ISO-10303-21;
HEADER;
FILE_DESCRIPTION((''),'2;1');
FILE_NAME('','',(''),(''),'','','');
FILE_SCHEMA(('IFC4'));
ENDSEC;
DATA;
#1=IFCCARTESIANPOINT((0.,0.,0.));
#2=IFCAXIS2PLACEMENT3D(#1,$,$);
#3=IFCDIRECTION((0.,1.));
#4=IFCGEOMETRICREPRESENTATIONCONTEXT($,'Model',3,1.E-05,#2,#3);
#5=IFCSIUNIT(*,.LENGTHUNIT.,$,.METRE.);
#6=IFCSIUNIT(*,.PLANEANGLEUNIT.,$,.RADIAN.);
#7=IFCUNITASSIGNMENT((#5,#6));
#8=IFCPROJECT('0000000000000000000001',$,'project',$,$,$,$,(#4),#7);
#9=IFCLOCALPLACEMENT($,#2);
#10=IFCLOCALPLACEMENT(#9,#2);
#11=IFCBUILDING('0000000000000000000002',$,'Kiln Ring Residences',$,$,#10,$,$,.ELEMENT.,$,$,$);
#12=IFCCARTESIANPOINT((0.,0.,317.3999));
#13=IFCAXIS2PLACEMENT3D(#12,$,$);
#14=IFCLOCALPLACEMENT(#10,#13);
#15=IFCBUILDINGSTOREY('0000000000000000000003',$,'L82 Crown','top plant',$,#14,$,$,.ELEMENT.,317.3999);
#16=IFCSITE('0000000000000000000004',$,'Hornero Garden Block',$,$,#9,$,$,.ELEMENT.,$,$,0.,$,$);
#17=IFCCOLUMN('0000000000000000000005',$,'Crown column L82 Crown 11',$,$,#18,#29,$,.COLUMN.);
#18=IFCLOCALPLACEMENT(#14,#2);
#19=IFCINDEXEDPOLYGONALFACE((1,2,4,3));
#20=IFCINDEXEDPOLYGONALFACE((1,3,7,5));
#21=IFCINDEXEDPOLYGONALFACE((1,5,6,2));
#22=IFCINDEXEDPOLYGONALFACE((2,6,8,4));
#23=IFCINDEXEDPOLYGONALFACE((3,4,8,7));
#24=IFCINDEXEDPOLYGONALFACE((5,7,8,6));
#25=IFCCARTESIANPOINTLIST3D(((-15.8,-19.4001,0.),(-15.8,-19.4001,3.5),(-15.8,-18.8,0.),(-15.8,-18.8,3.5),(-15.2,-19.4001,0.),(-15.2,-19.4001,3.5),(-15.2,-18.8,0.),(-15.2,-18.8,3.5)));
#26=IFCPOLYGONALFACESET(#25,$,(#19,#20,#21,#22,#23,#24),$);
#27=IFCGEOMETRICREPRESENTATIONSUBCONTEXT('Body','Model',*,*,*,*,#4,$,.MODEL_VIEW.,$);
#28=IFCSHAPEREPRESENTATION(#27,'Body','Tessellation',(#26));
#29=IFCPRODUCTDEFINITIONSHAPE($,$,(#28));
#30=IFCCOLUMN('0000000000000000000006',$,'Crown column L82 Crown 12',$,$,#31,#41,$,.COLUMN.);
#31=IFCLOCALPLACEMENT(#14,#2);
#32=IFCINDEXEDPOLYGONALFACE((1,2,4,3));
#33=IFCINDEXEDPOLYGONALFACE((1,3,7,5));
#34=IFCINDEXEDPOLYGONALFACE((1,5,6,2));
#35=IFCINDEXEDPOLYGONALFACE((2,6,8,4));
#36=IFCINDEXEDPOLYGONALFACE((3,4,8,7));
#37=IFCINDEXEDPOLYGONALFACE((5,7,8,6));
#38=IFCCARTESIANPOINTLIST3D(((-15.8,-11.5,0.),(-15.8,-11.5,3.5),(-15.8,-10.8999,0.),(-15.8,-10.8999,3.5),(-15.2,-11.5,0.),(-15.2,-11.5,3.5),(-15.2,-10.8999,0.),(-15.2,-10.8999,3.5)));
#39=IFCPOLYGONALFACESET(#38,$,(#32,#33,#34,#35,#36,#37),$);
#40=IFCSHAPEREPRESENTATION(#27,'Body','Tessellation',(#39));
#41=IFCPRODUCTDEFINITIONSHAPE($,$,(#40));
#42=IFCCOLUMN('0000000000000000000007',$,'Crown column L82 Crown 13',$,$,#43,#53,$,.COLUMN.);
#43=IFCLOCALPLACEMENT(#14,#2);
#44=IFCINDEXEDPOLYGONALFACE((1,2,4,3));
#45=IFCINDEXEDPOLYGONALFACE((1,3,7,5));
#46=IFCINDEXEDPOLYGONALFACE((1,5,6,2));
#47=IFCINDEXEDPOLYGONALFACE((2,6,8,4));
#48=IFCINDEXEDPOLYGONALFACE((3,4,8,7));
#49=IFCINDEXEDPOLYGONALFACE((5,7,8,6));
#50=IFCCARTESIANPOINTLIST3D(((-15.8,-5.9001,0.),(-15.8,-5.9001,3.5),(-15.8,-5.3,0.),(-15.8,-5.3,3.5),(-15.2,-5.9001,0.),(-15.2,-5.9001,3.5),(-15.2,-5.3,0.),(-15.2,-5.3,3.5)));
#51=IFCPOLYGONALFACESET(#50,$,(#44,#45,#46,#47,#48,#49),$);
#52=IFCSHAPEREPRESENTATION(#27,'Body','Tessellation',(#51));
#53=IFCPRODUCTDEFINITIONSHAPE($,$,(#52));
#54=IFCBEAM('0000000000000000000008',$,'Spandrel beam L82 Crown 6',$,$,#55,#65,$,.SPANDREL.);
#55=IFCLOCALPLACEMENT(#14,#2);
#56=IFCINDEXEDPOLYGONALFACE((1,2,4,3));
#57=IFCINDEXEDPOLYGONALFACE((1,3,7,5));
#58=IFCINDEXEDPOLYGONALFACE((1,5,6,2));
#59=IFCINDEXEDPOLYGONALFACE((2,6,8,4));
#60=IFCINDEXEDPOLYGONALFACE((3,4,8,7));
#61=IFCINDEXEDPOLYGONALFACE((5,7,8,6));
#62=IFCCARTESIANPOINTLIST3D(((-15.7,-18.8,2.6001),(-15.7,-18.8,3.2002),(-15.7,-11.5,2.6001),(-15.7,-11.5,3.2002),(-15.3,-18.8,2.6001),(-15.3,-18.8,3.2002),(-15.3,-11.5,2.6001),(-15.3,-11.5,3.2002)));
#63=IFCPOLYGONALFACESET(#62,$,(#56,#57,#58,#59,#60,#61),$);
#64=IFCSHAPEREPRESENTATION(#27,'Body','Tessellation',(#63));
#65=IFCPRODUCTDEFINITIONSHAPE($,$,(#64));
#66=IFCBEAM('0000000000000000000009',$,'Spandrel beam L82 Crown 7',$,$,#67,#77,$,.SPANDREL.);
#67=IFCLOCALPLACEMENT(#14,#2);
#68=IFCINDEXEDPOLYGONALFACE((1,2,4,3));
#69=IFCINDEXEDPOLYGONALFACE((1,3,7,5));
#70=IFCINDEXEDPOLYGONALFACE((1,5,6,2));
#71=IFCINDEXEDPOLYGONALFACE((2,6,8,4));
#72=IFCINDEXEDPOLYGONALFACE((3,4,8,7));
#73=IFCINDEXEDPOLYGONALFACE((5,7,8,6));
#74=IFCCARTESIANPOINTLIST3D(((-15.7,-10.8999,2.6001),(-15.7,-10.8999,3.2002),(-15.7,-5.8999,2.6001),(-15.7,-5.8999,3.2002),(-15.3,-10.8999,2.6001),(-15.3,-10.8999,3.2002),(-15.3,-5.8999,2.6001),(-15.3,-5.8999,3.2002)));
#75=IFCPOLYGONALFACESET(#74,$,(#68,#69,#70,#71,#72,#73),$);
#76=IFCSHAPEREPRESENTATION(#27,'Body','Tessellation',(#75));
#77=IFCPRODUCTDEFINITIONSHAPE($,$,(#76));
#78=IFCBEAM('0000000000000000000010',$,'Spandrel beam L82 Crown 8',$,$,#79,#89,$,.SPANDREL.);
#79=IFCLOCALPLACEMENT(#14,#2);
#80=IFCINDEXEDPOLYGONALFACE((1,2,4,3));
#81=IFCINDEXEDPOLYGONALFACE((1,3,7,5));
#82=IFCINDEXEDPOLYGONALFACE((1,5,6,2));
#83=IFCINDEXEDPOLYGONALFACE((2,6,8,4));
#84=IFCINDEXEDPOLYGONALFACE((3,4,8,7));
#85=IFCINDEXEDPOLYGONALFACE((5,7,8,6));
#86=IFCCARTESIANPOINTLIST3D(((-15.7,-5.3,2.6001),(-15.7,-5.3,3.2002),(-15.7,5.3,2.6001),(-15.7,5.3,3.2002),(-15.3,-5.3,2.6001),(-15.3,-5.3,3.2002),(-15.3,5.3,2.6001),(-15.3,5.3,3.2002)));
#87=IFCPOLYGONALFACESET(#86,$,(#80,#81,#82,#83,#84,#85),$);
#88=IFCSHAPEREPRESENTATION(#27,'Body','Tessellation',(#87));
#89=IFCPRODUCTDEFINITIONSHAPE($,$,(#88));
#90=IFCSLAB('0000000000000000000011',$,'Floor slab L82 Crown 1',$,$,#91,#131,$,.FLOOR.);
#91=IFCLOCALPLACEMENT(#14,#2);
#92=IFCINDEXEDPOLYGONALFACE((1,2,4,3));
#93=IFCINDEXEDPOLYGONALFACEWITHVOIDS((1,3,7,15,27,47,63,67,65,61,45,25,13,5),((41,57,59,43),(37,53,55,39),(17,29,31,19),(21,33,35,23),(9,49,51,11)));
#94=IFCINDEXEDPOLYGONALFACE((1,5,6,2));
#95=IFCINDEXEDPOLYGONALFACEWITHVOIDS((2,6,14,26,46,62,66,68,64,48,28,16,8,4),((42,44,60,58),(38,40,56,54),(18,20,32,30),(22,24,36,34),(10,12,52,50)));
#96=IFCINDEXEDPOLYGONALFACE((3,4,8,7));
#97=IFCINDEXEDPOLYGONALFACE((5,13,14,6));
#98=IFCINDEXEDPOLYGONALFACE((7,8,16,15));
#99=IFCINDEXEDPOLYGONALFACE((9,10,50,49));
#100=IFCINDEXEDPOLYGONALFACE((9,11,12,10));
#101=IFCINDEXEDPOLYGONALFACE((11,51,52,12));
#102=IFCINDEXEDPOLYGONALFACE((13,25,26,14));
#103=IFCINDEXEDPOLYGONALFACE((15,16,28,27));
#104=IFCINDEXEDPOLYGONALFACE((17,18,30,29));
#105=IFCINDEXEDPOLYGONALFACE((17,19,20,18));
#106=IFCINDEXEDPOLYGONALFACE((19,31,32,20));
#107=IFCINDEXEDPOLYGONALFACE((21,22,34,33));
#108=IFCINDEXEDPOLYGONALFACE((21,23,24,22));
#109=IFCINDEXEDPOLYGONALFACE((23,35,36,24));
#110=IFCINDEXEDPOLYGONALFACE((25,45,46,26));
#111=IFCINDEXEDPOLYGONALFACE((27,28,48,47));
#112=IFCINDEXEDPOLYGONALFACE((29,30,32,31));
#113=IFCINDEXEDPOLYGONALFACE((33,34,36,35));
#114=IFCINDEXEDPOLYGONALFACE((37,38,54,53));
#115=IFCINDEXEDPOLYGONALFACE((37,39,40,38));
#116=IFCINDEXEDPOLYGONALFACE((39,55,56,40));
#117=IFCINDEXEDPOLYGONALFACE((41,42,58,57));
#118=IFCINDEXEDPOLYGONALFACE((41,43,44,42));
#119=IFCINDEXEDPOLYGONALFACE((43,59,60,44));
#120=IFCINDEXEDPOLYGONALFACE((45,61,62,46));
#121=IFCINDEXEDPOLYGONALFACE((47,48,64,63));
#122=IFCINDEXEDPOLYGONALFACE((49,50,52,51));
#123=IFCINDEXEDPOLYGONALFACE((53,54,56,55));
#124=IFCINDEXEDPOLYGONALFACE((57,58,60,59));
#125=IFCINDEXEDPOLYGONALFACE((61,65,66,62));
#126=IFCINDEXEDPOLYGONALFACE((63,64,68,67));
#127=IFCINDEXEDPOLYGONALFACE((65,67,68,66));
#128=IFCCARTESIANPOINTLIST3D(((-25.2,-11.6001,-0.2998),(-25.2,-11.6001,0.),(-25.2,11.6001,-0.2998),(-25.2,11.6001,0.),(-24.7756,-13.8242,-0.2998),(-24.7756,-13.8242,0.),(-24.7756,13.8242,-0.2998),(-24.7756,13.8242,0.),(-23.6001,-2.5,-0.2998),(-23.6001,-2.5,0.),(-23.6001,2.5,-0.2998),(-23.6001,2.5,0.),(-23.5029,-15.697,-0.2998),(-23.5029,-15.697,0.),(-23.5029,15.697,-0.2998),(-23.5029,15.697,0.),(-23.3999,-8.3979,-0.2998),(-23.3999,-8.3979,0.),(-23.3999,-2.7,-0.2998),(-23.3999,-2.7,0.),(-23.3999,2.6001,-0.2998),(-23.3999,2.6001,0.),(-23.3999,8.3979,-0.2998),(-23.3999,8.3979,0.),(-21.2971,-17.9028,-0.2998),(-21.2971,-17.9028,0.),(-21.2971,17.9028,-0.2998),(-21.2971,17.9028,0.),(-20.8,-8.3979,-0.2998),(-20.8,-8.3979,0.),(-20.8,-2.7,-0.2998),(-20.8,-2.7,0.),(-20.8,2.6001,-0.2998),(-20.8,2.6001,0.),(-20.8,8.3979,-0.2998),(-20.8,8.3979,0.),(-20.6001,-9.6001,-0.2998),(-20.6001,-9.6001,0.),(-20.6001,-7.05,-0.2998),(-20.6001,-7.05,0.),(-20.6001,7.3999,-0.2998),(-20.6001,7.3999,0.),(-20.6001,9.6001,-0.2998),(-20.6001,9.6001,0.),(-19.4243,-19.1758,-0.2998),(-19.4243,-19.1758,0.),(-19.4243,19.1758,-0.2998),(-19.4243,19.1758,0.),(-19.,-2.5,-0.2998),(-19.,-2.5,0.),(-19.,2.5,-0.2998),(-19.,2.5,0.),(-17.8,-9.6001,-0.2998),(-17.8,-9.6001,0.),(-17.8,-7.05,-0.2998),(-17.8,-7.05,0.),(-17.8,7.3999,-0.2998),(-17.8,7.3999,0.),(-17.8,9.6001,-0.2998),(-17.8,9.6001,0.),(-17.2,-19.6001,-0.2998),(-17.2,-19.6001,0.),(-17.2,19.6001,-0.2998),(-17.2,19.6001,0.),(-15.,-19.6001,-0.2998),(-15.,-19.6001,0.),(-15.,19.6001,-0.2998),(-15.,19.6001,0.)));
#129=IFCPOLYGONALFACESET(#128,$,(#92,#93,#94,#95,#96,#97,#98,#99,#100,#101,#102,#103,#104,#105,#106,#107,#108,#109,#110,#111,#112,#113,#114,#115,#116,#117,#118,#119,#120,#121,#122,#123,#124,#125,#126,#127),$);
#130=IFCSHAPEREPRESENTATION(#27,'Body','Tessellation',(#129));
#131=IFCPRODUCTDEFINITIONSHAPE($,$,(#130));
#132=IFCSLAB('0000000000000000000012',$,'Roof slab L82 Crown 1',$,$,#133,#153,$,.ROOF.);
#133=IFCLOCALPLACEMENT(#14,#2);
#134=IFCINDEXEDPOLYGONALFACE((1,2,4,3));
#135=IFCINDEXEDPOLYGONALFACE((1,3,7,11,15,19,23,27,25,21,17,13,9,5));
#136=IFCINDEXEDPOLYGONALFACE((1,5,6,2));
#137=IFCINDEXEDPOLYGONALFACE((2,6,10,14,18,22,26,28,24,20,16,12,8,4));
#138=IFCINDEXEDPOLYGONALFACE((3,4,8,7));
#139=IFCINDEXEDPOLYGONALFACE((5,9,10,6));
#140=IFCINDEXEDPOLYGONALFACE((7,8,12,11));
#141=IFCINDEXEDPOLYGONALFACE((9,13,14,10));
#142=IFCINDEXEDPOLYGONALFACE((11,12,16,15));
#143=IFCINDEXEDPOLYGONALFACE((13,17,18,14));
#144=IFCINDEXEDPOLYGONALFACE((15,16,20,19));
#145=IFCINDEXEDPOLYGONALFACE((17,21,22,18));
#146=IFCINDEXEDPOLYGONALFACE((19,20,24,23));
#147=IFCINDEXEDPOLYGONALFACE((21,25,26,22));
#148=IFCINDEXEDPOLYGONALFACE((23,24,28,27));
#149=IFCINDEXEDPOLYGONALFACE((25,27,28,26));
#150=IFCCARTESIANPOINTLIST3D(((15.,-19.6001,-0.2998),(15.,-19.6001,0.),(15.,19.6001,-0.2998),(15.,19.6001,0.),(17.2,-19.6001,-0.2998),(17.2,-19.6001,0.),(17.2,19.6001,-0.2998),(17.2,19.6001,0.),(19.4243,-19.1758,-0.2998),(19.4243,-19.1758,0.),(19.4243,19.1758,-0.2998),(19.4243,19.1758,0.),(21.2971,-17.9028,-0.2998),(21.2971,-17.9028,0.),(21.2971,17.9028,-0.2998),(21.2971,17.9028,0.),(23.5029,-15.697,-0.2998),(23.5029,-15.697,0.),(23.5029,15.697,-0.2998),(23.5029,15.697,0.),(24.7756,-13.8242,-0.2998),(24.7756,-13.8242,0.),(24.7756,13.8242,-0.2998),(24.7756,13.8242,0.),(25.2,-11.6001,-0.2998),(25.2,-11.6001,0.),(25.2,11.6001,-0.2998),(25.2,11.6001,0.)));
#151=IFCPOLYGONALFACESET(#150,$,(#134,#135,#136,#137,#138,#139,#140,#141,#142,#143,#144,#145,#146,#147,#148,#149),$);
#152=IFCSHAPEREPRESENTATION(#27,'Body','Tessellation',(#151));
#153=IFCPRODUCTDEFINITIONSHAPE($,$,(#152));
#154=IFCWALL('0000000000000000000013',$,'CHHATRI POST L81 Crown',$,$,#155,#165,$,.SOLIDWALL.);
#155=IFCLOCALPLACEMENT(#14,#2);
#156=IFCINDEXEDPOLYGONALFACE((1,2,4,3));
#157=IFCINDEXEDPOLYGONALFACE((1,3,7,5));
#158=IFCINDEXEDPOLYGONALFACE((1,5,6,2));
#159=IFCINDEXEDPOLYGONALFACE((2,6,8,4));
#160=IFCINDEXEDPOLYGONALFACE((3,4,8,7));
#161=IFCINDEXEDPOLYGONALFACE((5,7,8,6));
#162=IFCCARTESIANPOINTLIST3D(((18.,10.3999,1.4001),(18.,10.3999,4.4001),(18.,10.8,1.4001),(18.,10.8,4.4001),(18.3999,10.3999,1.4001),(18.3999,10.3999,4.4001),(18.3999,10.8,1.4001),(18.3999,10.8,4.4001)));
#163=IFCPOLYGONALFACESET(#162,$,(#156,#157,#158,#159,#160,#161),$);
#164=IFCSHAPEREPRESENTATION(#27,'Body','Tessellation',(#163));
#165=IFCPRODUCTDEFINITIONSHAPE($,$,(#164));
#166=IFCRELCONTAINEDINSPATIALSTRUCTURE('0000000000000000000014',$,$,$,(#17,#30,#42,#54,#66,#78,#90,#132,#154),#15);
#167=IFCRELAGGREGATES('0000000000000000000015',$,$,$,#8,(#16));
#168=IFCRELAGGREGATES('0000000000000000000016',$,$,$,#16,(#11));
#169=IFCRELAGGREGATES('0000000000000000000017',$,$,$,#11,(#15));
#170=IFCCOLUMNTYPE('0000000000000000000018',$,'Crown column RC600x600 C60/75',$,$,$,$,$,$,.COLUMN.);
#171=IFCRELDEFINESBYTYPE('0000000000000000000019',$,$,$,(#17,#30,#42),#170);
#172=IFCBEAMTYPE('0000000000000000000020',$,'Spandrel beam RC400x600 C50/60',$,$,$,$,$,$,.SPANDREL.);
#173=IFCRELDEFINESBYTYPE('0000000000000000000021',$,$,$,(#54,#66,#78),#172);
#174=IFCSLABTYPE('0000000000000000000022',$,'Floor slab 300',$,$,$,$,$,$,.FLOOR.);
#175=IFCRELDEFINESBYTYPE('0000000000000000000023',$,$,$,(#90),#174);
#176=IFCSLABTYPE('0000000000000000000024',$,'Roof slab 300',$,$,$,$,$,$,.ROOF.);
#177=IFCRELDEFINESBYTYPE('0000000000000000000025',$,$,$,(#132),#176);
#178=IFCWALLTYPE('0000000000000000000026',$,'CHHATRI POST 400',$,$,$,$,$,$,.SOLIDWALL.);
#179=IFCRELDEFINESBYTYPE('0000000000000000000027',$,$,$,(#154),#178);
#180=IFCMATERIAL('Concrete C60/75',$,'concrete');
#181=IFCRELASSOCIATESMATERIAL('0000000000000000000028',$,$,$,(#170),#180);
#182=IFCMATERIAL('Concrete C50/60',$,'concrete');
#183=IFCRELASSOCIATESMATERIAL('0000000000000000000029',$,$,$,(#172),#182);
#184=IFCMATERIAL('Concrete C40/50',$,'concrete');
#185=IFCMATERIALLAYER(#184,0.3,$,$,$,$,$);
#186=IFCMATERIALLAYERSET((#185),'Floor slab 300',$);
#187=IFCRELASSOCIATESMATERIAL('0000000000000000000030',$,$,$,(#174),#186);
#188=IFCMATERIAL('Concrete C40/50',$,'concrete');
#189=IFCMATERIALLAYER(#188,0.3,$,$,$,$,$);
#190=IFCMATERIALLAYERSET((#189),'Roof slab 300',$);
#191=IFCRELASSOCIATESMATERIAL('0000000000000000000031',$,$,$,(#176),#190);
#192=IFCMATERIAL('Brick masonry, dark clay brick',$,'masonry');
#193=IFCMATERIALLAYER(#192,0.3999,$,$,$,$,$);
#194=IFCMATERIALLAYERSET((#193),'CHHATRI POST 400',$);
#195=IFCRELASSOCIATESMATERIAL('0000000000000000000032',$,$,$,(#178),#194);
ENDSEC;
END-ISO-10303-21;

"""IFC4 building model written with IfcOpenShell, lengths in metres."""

from ifc_helpers import new_model, si_unit, direction, frame, origin, origin_2d, place, context, subcontext, project, spatial, polyline, rectangle, outline, extrude, material, layer, layer_set, material_profile, profile_set, type_object, element, save


model = new_model("IFC4")

# Units and contexts
model_context = context("Model", 3, precision=1e-05, world=origin(), true_north=direction((0.0, 1.0)))
body_context = subcontext(model_context, "Body", "Model", "MODEL_VIEW")
ifc_project = project(units=[si_unit("LENGTHUNIT", "METRE"), si_unit("PLANEANGLEUNIT", "RADIAN")], contexts=[model_context])

# Site, building, storey
site_placement = place(None, origin())
site = spatial("IfcSite", under=ifc_project, at=site_placement, Name="Hornero Garden Block", CompositionType="ELEMENT", RefElevation=0.0)
building_placement = place(site_placement, origin())
building = spatial("IfcBuilding", under=site, at=building_placement, Name="Kiln Ring Residences", CompositionType="ELEMENT")
storey_placement = place(building_placement, frame((0.0, 0.0, 317.3999)))
storey = spatial("IfcBuildingStorey", under=building, at=storey_placement, Name="L82 Crown", Description="top plant", CompositionType="ELEMENT", Elevation=317.3999)

# Columns
ifc_material_1 = material(Name="Concrete C60/75", Category="concrete")
ifc_material_profile_1 = material_profile(ifc_material_1, rectangle(XDim=0.6001, YDim=0.6001, at=origin_2d()), Name="RC600x600")
ifc_profile_set_1 = profile_set([ifc_material_profile_1], Name="Concrete C60/75")
column_type = type_object("IfcColumnType", Name="Crown column RC600x600 C60/75", PredefinedType="COLUMN", material=ifc_profile_set_1)
for number, where, z_axis, x_axis, name in (
    (1, (-15.5, -19.1001, 0.0), (0.0, 0.0, 1.0), (1.0, 0.0, 0.0), "Crown column L82 Crown 11"),
    (2, (-15.5, -11.2, 0.0), (0.0, 0.0, 1.0), (1.0, 0.0, 0.0), "Crown column L82 Crown 12"),
    (3, (-15.5, -5.6001, 0.0), (0.0, 0.0, 1.0), (1.0, 0.0, 0.0), "Crown column L82 Crown 13"),
):
    element("IfcColumn", number, at=place(storey_placement, frame(where, z_axis=z_axis, x_axis=x_axis)), inside=storey, type_object=column_type, Name=name, PredefinedType="COLUMN", context=body_context, shape_type="SweptSolid", body=[
        extrude(rectangle(XDim=0.6001, YDim=0.6001, at=origin_2d()), origin(), (0.0, 0.0, 1.0), 3.5),
    ])

# Beams
ifc_material_2 = material(Name="Concrete C50/60", Category="concrete")
ifc_material_profile_2 = material_profile(ifc_material_2, rectangle(XDim=0.3999, YDim=0.6001, at=origin_2d()), Name="RC400x600")
ifc_profile_set_2 = profile_set([ifc_material_profile_2], Name="Concrete C50/60")
beam_type = type_object("IfcBeamType", Name="Spandrel beam RC400x600 C50/60", PredefinedType="SPANDREL", material=ifc_profile_set_2)
beam_1_placement = place(storey_placement, frame((-15.5, -18.8, 2.9001), z_axis=(0.0, 1.0, 0.0), x_axis=(-1.0, 0.0, 0.0)))
element("IfcBeam", 4, at=beam_1_placement, inside=storey, type_object=beam_type, Name="Spandrel beam L82 Crown 6", PredefinedType="SPANDREL", context=body_context, shape_type="SweptSolid", body=[
    extrude(rectangle(XDim=0.3999, YDim=0.6001, at=origin_2d()), origin(), (0.0, 0.0, 1.0), 7.3),
])
beam_2_placement = place(storey_placement, frame((-15.5, -10.8999, 2.9001), z_axis=(0.0, 1.0, 0.0), x_axis=(-1.0, 0.0, 0.0)))
element("IfcBeam", 5, at=beam_2_placement, inside=storey, type_object=beam_type, Name="Spandrel beam L82 Crown 7", PredefinedType="SPANDREL", context=body_context, shape_type="SweptSolid", body=[
    extrude(rectangle(XDim=0.3999, YDim=0.6001, at=origin_2d()), origin(), (0.0, 0.0, 1.0), 5.0),
])
beam_3_placement = place(storey_placement, frame((-15.5, -5.3, 2.9001), z_axis=(0.0, 1.0, 0.0), x_axis=(-1.0, 0.0, 0.0)))
element("IfcBeam", 6, at=beam_3_placement, inside=storey, type_object=beam_type, Name="Spandrel beam L82 Crown 8", PredefinedType="SPANDREL", context=body_context, shape_type="SweptSolid", body=[
    extrude(rectangle(XDim=0.3999, YDim=0.6001, at=origin_2d()), origin(), (0.0, 0.0, 1.0), 10.6001),
])

# Slabs
ifc_material_3 = material(Name="Concrete C40/50", Category="concrete")
ifc_layer_1 = layer(ifc_material_3, 0.3)
ifc_layer_set_1 = layer_set([ifc_layer_1], Name="Floor slab 300")
slab_type_1 = type_object("IfcSlabType", Name="Floor slab 300", PredefinedType="FLOOR", material=ifc_layer_set_1)
placement_1 = place(storey_placement, frame((0.0, 0.0, -0.2998)))
element("IfcSlab", 7, at=placement_1, inside=storey, type_object=slab_type_1, Name="Floor slab L82 Crown 1", PredefinedType="FLOOR", context=body_context, shape_type="SweptSolid", body=[
    extrude(outline(polyline([(-19.4243, -19.1758), (-17.2, -19.6001), (-15.0, -19.6001), (-15.0, 19.6001), (-17.2, 19.6001), (-19.4243, 19.1758), (-21.2971, 17.9028), (-23.5029, 15.697), (-24.7756, 13.8242), (-25.2, 11.6001), (-25.2, -11.6001), (-24.7756, -13.8242), (-23.5029, -15.697), (-21.2971, -17.9028), (-19.4243, -19.1758)]), holes=[polyline([(-20.6001, -7.05), (-17.8, -7.05), (-17.8, -9.6001), (-20.6001, -9.6001), (-20.6001, -7.05)]), polyline([(-17.8, 9.6001), (-17.8, 7.3999), (-20.6001, 7.3999), (-20.6001, 9.6001), (-17.8, 9.6001)]), polyline([(-19.0, 2.5), (-19.0, -2.5), (-23.6001, -2.5), (-23.6001, 2.5), (-19.0, 2.5)]), polyline([(-20.8, -2.7), (-20.8, -8.3979), (-23.3999, -8.3979), (-23.3999, -2.7), (-20.8, -2.7)]), polyline([(-20.8, 8.3979), (-20.8, 2.6001), (-23.3999, 2.6001), (-23.3999, 8.3979), (-20.8, 8.3979)])]), origin(), (0.0, 0.0, 1.0), 0.2998),
])
ifc_material_4 = material(Name="Concrete C40/50", Category="concrete")
ifc_layer_2 = layer(ifc_material_4, 0.3)
ifc_layer_set_2 = layer_set([ifc_layer_2], Name="Roof slab 300")
slab_type_2 = type_object("IfcSlabType", Name="Roof slab 300", PredefinedType="ROOF", material=ifc_layer_set_2)
element("IfcSlab", 8, at=placement_1, inside=storey, type_object=slab_type_2, Name="Roof slab L82 Crown 1", PredefinedType="ROOF", context=body_context, shape_type="SweptSolid", body=[
    extrude(outline(polyline([(15.0, 19.6001), (15.0, -19.6001), (17.2, -19.6001), (19.4243, -19.1758), (21.2971, -17.9028), (23.5029, -15.697), (24.7756, -13.8242), (25.2, -11.6001), (25.2, 11.6001), (24.7756, 13.8242), (23.5029, 15.697), (21.2971, 17.9028), (19.4243, 19.1758), (17.2, 19.6001), (15.0, 19.6001)])), origin(), (0.0, 0.0, 1.0), 0.2998),
])

# Wall
ifc_material_5 = material(Name="Brick masonry, dark clay brick", Category="masonry")
ifc_layer_3 = layer(ifc_material_5, 0.3999)
ifc_layer_set_3 = layer_set([ifc_layer_3], Name="CHHATRI POST 400")
wall_type_1 = type_object("IfcWallType", Name="CHHATRI POST 400", PredefinedType="SOLIDWALL", material=ifc_layer_set_3)
placement_2 = place(storey_placement, frame((0.0, 0.0, 1.4001)))
element("IfcWall", 9, at=placement_2, inside=storey, type_object=wall_type_1, Name="CHHATRI POST L81 Crown", PredefinedType="SOLIDWALL", context=body_context, shape_type="SweptSolid", body=[
    extrude(outline(polyline([(18.3999, 10.3999), (18.3999, 10.8), (18.0, 10.8), (18.0, 10.3999), (18.3999, 10.3999)])), origin(), (0.0, 0.0, 1.0), 3.0),
])

save(model, "model.ifc")
